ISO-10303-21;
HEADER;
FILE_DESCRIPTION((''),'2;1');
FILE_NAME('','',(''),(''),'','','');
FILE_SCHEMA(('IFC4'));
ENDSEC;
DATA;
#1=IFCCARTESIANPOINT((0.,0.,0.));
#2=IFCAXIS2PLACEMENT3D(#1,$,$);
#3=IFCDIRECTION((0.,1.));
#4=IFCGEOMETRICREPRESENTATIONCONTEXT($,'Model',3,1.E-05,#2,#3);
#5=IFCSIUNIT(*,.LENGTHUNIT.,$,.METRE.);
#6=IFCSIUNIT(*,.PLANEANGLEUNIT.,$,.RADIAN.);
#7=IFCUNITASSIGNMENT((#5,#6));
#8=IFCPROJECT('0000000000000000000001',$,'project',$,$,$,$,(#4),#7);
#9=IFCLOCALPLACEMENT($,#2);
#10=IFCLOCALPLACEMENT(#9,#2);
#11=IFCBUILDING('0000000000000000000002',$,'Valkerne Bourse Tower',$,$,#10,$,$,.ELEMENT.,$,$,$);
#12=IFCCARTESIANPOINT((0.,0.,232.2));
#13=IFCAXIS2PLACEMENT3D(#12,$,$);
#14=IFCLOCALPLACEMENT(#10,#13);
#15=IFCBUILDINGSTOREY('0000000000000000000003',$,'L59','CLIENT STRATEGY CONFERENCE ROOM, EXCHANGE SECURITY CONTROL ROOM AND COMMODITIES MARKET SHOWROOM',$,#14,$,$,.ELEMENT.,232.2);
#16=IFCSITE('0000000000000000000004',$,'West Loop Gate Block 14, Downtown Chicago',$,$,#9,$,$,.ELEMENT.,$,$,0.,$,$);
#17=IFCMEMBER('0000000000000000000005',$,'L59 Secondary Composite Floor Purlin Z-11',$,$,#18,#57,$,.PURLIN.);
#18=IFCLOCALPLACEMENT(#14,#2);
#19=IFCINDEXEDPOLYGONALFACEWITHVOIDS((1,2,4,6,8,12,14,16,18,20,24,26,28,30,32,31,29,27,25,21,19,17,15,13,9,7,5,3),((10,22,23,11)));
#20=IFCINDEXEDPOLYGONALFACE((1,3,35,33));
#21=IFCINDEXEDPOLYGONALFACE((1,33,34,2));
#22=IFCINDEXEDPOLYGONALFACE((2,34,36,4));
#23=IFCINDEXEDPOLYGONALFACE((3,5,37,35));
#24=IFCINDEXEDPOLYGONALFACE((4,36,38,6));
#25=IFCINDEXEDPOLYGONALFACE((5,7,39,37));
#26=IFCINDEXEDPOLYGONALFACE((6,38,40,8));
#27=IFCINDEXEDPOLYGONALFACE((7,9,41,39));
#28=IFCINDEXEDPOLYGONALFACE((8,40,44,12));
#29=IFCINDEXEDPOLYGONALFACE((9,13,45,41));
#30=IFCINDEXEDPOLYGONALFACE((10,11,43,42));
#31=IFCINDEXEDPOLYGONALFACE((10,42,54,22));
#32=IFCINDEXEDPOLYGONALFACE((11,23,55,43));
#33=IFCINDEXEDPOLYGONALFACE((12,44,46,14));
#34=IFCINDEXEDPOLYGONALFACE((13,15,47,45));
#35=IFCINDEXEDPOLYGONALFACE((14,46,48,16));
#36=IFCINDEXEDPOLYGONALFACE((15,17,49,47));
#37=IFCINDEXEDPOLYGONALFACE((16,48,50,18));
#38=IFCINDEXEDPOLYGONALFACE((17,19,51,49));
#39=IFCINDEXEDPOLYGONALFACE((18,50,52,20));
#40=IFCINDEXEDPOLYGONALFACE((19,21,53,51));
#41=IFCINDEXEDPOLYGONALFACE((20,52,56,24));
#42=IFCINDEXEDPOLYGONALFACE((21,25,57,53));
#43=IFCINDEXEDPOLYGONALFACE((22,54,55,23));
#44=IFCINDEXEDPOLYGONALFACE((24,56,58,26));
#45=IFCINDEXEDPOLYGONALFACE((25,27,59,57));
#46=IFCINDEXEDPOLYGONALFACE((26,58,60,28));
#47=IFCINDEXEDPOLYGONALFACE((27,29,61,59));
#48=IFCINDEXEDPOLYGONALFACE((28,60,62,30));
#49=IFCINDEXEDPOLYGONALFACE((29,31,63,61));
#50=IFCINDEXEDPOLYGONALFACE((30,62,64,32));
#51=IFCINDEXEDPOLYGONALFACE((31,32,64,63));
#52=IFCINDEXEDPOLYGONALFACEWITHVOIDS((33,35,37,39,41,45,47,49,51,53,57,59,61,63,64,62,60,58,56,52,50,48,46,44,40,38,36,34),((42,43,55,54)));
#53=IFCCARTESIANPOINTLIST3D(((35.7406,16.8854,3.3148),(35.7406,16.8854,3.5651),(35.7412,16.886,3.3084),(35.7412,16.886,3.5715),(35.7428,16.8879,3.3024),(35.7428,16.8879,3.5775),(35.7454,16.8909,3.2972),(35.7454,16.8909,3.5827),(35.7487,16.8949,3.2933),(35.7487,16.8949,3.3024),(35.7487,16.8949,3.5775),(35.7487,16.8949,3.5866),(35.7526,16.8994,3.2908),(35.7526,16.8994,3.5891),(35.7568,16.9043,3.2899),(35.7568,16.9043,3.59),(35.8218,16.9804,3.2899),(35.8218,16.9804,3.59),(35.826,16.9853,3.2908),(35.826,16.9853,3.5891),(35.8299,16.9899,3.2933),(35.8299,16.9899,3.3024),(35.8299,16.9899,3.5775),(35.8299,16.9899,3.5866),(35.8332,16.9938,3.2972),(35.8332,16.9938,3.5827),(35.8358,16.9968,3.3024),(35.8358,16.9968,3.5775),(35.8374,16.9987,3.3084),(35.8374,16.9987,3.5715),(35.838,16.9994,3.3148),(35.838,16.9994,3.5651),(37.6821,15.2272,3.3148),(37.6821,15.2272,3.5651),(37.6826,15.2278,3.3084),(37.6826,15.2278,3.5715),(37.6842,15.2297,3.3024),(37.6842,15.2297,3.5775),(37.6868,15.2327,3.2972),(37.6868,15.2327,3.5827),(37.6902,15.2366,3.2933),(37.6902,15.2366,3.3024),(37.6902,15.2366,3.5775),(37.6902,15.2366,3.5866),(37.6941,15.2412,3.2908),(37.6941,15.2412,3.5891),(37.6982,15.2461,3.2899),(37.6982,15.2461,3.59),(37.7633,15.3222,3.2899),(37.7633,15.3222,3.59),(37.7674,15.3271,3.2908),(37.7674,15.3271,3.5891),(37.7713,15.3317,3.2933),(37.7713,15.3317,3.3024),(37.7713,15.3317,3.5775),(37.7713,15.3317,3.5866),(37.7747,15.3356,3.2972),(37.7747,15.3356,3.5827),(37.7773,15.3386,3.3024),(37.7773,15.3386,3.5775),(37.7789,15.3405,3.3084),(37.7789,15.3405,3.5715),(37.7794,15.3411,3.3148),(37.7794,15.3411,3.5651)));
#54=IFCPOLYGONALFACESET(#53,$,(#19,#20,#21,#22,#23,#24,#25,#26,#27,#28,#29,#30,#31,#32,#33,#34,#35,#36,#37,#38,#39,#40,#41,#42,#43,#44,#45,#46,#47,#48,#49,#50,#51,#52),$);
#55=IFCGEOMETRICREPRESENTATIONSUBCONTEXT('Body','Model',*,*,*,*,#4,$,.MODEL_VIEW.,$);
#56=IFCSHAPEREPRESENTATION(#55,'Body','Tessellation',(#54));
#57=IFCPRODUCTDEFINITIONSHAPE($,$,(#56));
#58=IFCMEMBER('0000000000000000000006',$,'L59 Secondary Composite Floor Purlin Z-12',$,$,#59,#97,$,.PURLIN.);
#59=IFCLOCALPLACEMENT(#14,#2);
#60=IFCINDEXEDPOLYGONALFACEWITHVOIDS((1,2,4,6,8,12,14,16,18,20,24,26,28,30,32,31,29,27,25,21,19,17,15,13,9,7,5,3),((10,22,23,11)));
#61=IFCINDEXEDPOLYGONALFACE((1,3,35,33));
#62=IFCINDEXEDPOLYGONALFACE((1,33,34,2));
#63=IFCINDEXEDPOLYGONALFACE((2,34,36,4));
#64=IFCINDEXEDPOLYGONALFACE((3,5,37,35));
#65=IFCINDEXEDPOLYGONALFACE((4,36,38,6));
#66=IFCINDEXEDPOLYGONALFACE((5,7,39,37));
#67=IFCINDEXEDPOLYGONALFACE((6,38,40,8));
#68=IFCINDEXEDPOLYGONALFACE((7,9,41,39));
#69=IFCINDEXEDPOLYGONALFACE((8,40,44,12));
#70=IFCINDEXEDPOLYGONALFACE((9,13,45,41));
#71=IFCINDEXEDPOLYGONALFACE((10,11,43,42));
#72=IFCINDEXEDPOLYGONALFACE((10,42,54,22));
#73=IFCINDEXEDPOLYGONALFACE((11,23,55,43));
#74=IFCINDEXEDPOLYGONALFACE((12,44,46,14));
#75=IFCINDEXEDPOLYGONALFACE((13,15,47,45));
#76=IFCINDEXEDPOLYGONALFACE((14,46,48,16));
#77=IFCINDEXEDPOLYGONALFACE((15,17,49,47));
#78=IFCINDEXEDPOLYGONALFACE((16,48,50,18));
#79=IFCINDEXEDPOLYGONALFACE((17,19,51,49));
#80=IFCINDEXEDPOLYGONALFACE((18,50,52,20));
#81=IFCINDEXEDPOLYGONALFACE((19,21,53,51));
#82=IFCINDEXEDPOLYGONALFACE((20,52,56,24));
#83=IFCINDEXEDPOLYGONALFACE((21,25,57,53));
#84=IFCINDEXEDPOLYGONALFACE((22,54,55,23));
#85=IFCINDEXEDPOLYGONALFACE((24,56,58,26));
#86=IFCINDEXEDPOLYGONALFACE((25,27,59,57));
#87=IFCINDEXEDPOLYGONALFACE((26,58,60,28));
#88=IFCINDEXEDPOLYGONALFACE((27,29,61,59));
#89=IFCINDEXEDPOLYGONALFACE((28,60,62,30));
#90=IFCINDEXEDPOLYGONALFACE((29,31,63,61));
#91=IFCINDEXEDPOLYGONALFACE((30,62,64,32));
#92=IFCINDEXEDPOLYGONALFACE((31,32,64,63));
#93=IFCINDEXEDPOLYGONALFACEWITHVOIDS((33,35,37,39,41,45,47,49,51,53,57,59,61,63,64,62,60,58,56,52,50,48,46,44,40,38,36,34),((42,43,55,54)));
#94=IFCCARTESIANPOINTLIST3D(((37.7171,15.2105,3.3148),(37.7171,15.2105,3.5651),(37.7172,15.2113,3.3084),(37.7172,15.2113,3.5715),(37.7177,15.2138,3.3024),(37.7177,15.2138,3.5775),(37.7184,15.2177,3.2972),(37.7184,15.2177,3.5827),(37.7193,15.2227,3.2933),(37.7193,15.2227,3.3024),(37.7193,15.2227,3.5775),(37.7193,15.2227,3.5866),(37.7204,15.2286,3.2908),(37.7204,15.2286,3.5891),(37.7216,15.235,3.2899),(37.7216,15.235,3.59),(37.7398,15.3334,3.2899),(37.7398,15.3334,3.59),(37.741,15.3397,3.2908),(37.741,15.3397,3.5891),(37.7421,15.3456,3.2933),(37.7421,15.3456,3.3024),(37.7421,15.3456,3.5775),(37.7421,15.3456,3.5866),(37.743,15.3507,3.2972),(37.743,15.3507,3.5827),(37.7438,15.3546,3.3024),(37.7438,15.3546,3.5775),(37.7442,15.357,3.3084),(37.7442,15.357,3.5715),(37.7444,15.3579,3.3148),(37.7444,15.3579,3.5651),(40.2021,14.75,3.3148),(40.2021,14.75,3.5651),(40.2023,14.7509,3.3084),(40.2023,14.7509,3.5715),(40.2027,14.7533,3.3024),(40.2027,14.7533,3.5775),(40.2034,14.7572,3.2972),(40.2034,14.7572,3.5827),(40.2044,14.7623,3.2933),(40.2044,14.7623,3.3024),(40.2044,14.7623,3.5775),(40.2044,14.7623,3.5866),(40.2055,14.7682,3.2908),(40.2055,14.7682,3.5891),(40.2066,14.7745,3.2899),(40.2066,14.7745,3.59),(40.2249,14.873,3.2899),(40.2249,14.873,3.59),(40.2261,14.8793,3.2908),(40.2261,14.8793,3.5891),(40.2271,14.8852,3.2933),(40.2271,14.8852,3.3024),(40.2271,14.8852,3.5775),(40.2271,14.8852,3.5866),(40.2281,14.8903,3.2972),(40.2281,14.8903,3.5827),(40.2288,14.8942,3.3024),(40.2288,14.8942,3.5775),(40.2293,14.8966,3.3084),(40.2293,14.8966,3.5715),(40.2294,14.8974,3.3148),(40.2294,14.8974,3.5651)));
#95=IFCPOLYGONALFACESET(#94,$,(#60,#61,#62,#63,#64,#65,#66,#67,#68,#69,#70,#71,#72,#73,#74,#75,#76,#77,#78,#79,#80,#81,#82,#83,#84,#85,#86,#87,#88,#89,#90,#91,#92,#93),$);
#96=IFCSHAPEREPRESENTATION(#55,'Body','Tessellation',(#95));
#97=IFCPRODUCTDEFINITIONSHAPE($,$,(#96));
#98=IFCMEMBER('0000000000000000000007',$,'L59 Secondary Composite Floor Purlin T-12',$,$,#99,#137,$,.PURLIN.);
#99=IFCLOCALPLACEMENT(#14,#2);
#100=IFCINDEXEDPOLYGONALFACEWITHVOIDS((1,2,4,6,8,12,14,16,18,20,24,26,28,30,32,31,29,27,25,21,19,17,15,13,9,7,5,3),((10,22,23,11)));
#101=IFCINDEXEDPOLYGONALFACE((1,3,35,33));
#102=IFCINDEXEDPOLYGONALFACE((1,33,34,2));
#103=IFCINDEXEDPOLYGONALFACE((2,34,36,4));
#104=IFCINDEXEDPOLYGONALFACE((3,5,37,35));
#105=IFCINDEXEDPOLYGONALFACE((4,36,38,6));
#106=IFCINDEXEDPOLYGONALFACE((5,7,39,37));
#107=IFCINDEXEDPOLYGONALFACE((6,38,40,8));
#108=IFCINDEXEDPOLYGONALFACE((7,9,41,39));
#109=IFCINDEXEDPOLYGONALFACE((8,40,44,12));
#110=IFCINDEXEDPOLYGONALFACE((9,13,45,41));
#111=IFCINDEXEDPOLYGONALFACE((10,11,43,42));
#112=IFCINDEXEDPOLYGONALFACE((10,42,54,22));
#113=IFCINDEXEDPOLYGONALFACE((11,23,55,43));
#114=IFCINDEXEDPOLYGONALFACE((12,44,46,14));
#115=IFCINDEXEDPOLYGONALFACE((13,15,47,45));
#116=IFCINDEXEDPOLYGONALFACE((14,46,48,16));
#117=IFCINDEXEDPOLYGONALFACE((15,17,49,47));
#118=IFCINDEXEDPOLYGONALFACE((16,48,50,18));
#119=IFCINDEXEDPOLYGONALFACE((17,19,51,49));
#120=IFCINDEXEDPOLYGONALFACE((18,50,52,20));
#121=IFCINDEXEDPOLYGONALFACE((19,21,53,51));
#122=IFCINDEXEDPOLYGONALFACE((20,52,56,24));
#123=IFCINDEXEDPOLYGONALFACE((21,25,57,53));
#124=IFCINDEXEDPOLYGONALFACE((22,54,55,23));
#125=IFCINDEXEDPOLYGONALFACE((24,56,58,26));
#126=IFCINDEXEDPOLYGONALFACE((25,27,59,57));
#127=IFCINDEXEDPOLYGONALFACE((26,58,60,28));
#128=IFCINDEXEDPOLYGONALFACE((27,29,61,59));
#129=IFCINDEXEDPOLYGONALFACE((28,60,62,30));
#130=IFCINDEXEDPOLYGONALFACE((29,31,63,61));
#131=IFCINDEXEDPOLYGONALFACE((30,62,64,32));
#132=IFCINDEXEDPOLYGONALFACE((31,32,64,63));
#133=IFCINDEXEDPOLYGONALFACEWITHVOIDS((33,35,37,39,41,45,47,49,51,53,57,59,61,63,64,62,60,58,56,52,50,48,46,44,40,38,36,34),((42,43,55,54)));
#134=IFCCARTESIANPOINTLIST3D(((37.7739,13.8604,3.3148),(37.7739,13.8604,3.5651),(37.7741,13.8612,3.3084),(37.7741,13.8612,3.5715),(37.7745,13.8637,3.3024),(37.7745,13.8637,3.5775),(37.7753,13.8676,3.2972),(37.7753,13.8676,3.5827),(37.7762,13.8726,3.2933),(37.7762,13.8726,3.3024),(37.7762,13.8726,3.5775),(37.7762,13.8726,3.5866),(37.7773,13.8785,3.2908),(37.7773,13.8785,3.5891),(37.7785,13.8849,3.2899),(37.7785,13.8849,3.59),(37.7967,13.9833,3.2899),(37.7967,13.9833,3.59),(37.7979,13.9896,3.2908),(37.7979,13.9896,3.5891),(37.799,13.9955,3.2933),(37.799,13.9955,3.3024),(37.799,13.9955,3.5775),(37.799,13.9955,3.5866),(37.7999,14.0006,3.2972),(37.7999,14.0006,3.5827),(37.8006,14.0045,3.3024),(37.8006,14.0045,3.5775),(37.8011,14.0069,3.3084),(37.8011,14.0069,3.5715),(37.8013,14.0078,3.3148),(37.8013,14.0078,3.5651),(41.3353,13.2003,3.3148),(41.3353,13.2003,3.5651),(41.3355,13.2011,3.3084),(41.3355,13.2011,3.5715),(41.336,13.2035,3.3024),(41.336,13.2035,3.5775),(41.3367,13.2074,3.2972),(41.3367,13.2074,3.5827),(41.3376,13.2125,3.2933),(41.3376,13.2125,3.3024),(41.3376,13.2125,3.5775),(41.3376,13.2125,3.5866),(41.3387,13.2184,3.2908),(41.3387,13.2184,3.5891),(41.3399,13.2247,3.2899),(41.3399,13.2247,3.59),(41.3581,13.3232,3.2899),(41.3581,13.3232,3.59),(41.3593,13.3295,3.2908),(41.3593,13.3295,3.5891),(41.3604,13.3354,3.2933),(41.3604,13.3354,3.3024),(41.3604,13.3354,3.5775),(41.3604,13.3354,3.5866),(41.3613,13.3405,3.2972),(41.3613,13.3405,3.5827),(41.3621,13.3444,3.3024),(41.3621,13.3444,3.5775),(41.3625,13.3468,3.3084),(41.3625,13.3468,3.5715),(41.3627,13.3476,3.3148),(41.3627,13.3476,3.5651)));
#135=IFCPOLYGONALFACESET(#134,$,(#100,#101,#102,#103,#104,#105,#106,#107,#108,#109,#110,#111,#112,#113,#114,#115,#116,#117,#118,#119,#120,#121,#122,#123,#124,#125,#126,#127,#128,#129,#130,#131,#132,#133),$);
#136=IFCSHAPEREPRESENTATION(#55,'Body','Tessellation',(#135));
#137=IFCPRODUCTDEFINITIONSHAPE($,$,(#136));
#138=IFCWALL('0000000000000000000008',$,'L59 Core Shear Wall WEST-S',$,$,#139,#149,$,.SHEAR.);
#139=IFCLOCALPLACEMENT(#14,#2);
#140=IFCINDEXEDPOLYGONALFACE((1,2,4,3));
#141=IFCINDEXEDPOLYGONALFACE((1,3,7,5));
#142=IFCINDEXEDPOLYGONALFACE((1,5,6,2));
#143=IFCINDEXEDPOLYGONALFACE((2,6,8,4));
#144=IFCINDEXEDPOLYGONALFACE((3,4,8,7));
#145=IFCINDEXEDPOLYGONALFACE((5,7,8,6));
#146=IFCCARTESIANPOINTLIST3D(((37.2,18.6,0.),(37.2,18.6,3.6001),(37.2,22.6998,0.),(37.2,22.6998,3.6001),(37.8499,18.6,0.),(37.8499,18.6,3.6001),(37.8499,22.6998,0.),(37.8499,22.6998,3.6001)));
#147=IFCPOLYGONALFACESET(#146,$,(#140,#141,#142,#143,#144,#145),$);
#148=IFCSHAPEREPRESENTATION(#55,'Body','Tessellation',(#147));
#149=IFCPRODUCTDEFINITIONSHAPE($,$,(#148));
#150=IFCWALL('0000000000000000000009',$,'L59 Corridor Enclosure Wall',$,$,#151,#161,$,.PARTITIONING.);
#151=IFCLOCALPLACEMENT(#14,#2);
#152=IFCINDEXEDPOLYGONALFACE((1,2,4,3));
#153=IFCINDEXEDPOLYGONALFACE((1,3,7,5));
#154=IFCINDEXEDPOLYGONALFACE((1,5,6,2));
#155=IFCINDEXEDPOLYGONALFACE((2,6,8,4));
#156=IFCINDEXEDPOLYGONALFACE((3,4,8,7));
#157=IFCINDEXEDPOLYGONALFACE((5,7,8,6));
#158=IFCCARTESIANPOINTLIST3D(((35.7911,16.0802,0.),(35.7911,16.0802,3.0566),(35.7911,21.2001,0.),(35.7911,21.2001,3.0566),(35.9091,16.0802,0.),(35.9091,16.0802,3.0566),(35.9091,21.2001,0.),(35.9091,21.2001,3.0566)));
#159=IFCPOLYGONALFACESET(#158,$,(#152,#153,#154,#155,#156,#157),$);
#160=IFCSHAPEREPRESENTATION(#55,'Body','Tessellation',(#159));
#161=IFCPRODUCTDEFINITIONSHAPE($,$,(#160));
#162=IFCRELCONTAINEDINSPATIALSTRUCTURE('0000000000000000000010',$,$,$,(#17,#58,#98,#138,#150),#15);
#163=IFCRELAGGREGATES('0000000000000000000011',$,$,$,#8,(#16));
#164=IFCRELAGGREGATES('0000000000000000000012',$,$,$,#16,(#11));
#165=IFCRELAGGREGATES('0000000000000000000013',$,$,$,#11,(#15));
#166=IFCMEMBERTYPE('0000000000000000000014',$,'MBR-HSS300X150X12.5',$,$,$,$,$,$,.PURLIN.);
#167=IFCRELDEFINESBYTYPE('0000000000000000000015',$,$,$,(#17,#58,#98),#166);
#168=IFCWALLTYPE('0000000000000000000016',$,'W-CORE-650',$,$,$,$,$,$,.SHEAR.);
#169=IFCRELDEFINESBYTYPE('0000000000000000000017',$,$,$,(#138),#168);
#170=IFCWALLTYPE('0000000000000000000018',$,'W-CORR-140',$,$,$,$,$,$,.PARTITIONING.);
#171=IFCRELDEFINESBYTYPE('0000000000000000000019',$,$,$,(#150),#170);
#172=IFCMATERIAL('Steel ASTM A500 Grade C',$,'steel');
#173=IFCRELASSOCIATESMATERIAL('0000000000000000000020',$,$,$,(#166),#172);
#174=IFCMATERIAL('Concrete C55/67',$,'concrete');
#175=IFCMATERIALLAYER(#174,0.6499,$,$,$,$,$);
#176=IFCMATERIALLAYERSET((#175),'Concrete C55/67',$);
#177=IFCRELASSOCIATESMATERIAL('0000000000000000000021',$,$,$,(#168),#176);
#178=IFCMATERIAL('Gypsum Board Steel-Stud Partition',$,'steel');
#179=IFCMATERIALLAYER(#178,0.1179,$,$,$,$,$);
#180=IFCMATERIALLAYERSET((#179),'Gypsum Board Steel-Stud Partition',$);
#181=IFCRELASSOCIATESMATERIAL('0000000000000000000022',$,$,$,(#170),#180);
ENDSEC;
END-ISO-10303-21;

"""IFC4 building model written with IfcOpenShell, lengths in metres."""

from ifc_helpers import new_model, si_unit, direction, frame, frame_2d, origin, origin_2d, place, context, subcontext, project, spatial, rectangle, hollow_rectangle, extrude, material, layer, layer_set, material_profile, profile_set, type_object, element, save


model = new_model("IFC4")

# Units and contexts
model_context = context("Model", 3, precision=1e-05, world=origin(), true_north=direction((0.0, 1.0)))
body_context = subcontext(model_context, "Body", "Model", "MODEL_VIEW")
ifc_project = project(units=[si_unit("LENGTHUNIT", "METRE"), si_unit("PLANEANGLEUNIT", "RADIAN")], contexts=[model_context])

# Site, building, storey
site_placement = place(None, origin())
site = spatial("IfcSite", under=ifc_project, at=site_placement, Name="West Loop Gate Block 14, Downtown Chicago", CompositionType="ELEMENT", RefElevation=0.0)
building_placement = place(site_placement, origin())
building = spatial("IfcBuilding", under=site, at=building_placement, Name="Valkerne Bourse Tower", CompositionType="ELEMENT")
storey_placement = place(building_placement, frame((0.0, 0.0, 232.2)))
storey = spatial("IfcBuildingStorey", under=building, at=storey_placement, Name="L59", Description="CLIENT STRATEGY CONFERENCE ROOM, EXCHANGE SECURITY CONTROL ROOM AND COMMODITIES MARKET SHOWROOM", CompositionType="ELEMENT", Elevation=232.2)

# Members
ifc_material_1 = material(Name="Steel ASTM A500 Grade C", Category="steel")
ifc_material_profile_1 = material_profile(ifc_material_1, hollow_rectangle(XDim=0.1499, YDim=0.3, WallThickness=0.0125, OuterFilletRadius=0.0249, at=origin_2d()), Name="HSS300X150X12.5")
ifc_profile_set_1 = profile_set([ifc_material_profile_1], Name="Steel ASTM A500 Grade C")
member_type_1 = type_object("IfcMemberType", Name="MBR-HSS300X150X12.5", PredefinedType="PURLIN", material=ifc_profile_set_1)
member_1_placement = place(storey_placement, frame((35.7893, 16.9424, 3.4399), z_axis=(0.760389, -0.649467, 0.0), x_axis=(0.649467, 0.760389, 0.0)))
element("IfcMember", 1, at=member_1_placement, inside=storey, type_object=member_type_1, Name="L59 Secondary Composite Floor Purlin Z-11", PredefinedType="PURLIN", context=body_context, shape_type="SweptSolid", body=[
    extrude(hollow_rectangle(XDim=0.1499, YDim=0.3, WallThickness=0.0125, OuterFilletRadius=0.0249, at=origin_2d()), origin(), (0.0, 0.0, 1.0), 2.5532),
])
member_2_placement = place(storey_placement, frame((37.7307, 15.2842, 3.4399), z_axis=(0.983265, -0.182183, 0.0), x_axis=(0.182183, 0.983265, 0.0)))
element("IfcMember", 2, at=member_2_placement, inside=storey, type_object=member_type_1, Name="L59 Secondary Composite Floor Purlin Z-12", PredefinedType="PURLIN", context=body_context, shape_type="SweptSolid", body=[
    extrude(hollow_rectangle(XDim=0.1499, YDim=0.3, WallThickness=0.0125, OuterFilletRadius=0.0249, at=origin_2d()), origin(), (0.0, 0.0, 1.0), 2.5273),
])
member_3_placement = place(storey_placement, frame((37.7876, 13.9341, 3.4399), z_axis=(0.983252, -0.182253, 0.0), x_axis=(0.182253, 0.983252, 0.0)))
element("IfcMember", 3, at=member_3_placement, inside=storey, type_object=member_type_1, Name="L59 Secondary Composite Floor Purlin T-12", PredefinedType="PURLIN", context=body_context, shape_type="SweptSolid", body=[
    extrude(hollow_rectangle(XDim=0.1499, YDim=0.3, WallThickness=0.0125, OuterFilletRadius=0.0249, at=origin_2d()), origin(), (0.0, 0.0, 1.0), 3.6221),
])

# Shared definitions
ifc_material_2 = material(Name="Concrete C55/67", Category="concrete")
ifc_layer_1 = layer(ifc_material_2, 0.6499)
ifc_layer_set_1 = layer_set([ifc_layer_1], Name="Concrete C55/67")
wall_type_1 = type_object("IfcWallType", Name="W-CORE-650", PredefinedType="SHEAR", material=ifc_layer_set_1)

# Walls
wall_1_placement = place(storey_placement, frame((37.5249, 18.6001, 0.0), z_axis=(0.0, 0.0, 1.0), x_axis=(0.0, 1.0, 0.0)))
element("IfcWall", 4, at=wall_1_placement, inside=storey, type_object=wall_type_1, Name="L59 Core Shear Wall WEST-S", PredefinedType="SHEAR", context=body_context, shape_type="SweptSolid", body=[
    extrude(rectangle(XDim=4.0999, YDim=0.6499, at=frame_2d((2.0498, 0.0))), origin(), (0.0, 0.0, 1.0), 3.6001),
])
ifc_material_3 = material(Name="Gypsum Board Steel-Stud Partition", Category="steel")
ifc_layer_2 = layer(ifc_material_3, 0.1179)
ifc_layer_set_2 = layer_set([ifc_layer_2], Name="Gypsum Board Steel-Stud Partition")
wall_type_2 = type_object("IfcWallType", Name="W-CORR-140", PredefinedType="PARTITIONING", material=ifc_layer_set_2)
wall_2_placement = place(storey_placement, frame((35.8501, 16.0801, 0.0), z_axis=(0.0, 0.0, 1.0), x_axis=(0.0, 1.0, 0.0)))
element("IfcWall", 5, at=wall_2_placement, inside=storey, type_object=wall_type_2, Name="L59 Corridor Enclosure Wall", PredefinedType="PARTITIONING", context=body_context, shape_type="SweptSolid", body=[
    extrude(rectangle(XDim=5.1199, YDim=0.1179, at=frame_2d((2.5601, 0.0))), origin(), (0.0, 0.0, 1.0), 3.0566),
])

save(model, "model.ifc")
